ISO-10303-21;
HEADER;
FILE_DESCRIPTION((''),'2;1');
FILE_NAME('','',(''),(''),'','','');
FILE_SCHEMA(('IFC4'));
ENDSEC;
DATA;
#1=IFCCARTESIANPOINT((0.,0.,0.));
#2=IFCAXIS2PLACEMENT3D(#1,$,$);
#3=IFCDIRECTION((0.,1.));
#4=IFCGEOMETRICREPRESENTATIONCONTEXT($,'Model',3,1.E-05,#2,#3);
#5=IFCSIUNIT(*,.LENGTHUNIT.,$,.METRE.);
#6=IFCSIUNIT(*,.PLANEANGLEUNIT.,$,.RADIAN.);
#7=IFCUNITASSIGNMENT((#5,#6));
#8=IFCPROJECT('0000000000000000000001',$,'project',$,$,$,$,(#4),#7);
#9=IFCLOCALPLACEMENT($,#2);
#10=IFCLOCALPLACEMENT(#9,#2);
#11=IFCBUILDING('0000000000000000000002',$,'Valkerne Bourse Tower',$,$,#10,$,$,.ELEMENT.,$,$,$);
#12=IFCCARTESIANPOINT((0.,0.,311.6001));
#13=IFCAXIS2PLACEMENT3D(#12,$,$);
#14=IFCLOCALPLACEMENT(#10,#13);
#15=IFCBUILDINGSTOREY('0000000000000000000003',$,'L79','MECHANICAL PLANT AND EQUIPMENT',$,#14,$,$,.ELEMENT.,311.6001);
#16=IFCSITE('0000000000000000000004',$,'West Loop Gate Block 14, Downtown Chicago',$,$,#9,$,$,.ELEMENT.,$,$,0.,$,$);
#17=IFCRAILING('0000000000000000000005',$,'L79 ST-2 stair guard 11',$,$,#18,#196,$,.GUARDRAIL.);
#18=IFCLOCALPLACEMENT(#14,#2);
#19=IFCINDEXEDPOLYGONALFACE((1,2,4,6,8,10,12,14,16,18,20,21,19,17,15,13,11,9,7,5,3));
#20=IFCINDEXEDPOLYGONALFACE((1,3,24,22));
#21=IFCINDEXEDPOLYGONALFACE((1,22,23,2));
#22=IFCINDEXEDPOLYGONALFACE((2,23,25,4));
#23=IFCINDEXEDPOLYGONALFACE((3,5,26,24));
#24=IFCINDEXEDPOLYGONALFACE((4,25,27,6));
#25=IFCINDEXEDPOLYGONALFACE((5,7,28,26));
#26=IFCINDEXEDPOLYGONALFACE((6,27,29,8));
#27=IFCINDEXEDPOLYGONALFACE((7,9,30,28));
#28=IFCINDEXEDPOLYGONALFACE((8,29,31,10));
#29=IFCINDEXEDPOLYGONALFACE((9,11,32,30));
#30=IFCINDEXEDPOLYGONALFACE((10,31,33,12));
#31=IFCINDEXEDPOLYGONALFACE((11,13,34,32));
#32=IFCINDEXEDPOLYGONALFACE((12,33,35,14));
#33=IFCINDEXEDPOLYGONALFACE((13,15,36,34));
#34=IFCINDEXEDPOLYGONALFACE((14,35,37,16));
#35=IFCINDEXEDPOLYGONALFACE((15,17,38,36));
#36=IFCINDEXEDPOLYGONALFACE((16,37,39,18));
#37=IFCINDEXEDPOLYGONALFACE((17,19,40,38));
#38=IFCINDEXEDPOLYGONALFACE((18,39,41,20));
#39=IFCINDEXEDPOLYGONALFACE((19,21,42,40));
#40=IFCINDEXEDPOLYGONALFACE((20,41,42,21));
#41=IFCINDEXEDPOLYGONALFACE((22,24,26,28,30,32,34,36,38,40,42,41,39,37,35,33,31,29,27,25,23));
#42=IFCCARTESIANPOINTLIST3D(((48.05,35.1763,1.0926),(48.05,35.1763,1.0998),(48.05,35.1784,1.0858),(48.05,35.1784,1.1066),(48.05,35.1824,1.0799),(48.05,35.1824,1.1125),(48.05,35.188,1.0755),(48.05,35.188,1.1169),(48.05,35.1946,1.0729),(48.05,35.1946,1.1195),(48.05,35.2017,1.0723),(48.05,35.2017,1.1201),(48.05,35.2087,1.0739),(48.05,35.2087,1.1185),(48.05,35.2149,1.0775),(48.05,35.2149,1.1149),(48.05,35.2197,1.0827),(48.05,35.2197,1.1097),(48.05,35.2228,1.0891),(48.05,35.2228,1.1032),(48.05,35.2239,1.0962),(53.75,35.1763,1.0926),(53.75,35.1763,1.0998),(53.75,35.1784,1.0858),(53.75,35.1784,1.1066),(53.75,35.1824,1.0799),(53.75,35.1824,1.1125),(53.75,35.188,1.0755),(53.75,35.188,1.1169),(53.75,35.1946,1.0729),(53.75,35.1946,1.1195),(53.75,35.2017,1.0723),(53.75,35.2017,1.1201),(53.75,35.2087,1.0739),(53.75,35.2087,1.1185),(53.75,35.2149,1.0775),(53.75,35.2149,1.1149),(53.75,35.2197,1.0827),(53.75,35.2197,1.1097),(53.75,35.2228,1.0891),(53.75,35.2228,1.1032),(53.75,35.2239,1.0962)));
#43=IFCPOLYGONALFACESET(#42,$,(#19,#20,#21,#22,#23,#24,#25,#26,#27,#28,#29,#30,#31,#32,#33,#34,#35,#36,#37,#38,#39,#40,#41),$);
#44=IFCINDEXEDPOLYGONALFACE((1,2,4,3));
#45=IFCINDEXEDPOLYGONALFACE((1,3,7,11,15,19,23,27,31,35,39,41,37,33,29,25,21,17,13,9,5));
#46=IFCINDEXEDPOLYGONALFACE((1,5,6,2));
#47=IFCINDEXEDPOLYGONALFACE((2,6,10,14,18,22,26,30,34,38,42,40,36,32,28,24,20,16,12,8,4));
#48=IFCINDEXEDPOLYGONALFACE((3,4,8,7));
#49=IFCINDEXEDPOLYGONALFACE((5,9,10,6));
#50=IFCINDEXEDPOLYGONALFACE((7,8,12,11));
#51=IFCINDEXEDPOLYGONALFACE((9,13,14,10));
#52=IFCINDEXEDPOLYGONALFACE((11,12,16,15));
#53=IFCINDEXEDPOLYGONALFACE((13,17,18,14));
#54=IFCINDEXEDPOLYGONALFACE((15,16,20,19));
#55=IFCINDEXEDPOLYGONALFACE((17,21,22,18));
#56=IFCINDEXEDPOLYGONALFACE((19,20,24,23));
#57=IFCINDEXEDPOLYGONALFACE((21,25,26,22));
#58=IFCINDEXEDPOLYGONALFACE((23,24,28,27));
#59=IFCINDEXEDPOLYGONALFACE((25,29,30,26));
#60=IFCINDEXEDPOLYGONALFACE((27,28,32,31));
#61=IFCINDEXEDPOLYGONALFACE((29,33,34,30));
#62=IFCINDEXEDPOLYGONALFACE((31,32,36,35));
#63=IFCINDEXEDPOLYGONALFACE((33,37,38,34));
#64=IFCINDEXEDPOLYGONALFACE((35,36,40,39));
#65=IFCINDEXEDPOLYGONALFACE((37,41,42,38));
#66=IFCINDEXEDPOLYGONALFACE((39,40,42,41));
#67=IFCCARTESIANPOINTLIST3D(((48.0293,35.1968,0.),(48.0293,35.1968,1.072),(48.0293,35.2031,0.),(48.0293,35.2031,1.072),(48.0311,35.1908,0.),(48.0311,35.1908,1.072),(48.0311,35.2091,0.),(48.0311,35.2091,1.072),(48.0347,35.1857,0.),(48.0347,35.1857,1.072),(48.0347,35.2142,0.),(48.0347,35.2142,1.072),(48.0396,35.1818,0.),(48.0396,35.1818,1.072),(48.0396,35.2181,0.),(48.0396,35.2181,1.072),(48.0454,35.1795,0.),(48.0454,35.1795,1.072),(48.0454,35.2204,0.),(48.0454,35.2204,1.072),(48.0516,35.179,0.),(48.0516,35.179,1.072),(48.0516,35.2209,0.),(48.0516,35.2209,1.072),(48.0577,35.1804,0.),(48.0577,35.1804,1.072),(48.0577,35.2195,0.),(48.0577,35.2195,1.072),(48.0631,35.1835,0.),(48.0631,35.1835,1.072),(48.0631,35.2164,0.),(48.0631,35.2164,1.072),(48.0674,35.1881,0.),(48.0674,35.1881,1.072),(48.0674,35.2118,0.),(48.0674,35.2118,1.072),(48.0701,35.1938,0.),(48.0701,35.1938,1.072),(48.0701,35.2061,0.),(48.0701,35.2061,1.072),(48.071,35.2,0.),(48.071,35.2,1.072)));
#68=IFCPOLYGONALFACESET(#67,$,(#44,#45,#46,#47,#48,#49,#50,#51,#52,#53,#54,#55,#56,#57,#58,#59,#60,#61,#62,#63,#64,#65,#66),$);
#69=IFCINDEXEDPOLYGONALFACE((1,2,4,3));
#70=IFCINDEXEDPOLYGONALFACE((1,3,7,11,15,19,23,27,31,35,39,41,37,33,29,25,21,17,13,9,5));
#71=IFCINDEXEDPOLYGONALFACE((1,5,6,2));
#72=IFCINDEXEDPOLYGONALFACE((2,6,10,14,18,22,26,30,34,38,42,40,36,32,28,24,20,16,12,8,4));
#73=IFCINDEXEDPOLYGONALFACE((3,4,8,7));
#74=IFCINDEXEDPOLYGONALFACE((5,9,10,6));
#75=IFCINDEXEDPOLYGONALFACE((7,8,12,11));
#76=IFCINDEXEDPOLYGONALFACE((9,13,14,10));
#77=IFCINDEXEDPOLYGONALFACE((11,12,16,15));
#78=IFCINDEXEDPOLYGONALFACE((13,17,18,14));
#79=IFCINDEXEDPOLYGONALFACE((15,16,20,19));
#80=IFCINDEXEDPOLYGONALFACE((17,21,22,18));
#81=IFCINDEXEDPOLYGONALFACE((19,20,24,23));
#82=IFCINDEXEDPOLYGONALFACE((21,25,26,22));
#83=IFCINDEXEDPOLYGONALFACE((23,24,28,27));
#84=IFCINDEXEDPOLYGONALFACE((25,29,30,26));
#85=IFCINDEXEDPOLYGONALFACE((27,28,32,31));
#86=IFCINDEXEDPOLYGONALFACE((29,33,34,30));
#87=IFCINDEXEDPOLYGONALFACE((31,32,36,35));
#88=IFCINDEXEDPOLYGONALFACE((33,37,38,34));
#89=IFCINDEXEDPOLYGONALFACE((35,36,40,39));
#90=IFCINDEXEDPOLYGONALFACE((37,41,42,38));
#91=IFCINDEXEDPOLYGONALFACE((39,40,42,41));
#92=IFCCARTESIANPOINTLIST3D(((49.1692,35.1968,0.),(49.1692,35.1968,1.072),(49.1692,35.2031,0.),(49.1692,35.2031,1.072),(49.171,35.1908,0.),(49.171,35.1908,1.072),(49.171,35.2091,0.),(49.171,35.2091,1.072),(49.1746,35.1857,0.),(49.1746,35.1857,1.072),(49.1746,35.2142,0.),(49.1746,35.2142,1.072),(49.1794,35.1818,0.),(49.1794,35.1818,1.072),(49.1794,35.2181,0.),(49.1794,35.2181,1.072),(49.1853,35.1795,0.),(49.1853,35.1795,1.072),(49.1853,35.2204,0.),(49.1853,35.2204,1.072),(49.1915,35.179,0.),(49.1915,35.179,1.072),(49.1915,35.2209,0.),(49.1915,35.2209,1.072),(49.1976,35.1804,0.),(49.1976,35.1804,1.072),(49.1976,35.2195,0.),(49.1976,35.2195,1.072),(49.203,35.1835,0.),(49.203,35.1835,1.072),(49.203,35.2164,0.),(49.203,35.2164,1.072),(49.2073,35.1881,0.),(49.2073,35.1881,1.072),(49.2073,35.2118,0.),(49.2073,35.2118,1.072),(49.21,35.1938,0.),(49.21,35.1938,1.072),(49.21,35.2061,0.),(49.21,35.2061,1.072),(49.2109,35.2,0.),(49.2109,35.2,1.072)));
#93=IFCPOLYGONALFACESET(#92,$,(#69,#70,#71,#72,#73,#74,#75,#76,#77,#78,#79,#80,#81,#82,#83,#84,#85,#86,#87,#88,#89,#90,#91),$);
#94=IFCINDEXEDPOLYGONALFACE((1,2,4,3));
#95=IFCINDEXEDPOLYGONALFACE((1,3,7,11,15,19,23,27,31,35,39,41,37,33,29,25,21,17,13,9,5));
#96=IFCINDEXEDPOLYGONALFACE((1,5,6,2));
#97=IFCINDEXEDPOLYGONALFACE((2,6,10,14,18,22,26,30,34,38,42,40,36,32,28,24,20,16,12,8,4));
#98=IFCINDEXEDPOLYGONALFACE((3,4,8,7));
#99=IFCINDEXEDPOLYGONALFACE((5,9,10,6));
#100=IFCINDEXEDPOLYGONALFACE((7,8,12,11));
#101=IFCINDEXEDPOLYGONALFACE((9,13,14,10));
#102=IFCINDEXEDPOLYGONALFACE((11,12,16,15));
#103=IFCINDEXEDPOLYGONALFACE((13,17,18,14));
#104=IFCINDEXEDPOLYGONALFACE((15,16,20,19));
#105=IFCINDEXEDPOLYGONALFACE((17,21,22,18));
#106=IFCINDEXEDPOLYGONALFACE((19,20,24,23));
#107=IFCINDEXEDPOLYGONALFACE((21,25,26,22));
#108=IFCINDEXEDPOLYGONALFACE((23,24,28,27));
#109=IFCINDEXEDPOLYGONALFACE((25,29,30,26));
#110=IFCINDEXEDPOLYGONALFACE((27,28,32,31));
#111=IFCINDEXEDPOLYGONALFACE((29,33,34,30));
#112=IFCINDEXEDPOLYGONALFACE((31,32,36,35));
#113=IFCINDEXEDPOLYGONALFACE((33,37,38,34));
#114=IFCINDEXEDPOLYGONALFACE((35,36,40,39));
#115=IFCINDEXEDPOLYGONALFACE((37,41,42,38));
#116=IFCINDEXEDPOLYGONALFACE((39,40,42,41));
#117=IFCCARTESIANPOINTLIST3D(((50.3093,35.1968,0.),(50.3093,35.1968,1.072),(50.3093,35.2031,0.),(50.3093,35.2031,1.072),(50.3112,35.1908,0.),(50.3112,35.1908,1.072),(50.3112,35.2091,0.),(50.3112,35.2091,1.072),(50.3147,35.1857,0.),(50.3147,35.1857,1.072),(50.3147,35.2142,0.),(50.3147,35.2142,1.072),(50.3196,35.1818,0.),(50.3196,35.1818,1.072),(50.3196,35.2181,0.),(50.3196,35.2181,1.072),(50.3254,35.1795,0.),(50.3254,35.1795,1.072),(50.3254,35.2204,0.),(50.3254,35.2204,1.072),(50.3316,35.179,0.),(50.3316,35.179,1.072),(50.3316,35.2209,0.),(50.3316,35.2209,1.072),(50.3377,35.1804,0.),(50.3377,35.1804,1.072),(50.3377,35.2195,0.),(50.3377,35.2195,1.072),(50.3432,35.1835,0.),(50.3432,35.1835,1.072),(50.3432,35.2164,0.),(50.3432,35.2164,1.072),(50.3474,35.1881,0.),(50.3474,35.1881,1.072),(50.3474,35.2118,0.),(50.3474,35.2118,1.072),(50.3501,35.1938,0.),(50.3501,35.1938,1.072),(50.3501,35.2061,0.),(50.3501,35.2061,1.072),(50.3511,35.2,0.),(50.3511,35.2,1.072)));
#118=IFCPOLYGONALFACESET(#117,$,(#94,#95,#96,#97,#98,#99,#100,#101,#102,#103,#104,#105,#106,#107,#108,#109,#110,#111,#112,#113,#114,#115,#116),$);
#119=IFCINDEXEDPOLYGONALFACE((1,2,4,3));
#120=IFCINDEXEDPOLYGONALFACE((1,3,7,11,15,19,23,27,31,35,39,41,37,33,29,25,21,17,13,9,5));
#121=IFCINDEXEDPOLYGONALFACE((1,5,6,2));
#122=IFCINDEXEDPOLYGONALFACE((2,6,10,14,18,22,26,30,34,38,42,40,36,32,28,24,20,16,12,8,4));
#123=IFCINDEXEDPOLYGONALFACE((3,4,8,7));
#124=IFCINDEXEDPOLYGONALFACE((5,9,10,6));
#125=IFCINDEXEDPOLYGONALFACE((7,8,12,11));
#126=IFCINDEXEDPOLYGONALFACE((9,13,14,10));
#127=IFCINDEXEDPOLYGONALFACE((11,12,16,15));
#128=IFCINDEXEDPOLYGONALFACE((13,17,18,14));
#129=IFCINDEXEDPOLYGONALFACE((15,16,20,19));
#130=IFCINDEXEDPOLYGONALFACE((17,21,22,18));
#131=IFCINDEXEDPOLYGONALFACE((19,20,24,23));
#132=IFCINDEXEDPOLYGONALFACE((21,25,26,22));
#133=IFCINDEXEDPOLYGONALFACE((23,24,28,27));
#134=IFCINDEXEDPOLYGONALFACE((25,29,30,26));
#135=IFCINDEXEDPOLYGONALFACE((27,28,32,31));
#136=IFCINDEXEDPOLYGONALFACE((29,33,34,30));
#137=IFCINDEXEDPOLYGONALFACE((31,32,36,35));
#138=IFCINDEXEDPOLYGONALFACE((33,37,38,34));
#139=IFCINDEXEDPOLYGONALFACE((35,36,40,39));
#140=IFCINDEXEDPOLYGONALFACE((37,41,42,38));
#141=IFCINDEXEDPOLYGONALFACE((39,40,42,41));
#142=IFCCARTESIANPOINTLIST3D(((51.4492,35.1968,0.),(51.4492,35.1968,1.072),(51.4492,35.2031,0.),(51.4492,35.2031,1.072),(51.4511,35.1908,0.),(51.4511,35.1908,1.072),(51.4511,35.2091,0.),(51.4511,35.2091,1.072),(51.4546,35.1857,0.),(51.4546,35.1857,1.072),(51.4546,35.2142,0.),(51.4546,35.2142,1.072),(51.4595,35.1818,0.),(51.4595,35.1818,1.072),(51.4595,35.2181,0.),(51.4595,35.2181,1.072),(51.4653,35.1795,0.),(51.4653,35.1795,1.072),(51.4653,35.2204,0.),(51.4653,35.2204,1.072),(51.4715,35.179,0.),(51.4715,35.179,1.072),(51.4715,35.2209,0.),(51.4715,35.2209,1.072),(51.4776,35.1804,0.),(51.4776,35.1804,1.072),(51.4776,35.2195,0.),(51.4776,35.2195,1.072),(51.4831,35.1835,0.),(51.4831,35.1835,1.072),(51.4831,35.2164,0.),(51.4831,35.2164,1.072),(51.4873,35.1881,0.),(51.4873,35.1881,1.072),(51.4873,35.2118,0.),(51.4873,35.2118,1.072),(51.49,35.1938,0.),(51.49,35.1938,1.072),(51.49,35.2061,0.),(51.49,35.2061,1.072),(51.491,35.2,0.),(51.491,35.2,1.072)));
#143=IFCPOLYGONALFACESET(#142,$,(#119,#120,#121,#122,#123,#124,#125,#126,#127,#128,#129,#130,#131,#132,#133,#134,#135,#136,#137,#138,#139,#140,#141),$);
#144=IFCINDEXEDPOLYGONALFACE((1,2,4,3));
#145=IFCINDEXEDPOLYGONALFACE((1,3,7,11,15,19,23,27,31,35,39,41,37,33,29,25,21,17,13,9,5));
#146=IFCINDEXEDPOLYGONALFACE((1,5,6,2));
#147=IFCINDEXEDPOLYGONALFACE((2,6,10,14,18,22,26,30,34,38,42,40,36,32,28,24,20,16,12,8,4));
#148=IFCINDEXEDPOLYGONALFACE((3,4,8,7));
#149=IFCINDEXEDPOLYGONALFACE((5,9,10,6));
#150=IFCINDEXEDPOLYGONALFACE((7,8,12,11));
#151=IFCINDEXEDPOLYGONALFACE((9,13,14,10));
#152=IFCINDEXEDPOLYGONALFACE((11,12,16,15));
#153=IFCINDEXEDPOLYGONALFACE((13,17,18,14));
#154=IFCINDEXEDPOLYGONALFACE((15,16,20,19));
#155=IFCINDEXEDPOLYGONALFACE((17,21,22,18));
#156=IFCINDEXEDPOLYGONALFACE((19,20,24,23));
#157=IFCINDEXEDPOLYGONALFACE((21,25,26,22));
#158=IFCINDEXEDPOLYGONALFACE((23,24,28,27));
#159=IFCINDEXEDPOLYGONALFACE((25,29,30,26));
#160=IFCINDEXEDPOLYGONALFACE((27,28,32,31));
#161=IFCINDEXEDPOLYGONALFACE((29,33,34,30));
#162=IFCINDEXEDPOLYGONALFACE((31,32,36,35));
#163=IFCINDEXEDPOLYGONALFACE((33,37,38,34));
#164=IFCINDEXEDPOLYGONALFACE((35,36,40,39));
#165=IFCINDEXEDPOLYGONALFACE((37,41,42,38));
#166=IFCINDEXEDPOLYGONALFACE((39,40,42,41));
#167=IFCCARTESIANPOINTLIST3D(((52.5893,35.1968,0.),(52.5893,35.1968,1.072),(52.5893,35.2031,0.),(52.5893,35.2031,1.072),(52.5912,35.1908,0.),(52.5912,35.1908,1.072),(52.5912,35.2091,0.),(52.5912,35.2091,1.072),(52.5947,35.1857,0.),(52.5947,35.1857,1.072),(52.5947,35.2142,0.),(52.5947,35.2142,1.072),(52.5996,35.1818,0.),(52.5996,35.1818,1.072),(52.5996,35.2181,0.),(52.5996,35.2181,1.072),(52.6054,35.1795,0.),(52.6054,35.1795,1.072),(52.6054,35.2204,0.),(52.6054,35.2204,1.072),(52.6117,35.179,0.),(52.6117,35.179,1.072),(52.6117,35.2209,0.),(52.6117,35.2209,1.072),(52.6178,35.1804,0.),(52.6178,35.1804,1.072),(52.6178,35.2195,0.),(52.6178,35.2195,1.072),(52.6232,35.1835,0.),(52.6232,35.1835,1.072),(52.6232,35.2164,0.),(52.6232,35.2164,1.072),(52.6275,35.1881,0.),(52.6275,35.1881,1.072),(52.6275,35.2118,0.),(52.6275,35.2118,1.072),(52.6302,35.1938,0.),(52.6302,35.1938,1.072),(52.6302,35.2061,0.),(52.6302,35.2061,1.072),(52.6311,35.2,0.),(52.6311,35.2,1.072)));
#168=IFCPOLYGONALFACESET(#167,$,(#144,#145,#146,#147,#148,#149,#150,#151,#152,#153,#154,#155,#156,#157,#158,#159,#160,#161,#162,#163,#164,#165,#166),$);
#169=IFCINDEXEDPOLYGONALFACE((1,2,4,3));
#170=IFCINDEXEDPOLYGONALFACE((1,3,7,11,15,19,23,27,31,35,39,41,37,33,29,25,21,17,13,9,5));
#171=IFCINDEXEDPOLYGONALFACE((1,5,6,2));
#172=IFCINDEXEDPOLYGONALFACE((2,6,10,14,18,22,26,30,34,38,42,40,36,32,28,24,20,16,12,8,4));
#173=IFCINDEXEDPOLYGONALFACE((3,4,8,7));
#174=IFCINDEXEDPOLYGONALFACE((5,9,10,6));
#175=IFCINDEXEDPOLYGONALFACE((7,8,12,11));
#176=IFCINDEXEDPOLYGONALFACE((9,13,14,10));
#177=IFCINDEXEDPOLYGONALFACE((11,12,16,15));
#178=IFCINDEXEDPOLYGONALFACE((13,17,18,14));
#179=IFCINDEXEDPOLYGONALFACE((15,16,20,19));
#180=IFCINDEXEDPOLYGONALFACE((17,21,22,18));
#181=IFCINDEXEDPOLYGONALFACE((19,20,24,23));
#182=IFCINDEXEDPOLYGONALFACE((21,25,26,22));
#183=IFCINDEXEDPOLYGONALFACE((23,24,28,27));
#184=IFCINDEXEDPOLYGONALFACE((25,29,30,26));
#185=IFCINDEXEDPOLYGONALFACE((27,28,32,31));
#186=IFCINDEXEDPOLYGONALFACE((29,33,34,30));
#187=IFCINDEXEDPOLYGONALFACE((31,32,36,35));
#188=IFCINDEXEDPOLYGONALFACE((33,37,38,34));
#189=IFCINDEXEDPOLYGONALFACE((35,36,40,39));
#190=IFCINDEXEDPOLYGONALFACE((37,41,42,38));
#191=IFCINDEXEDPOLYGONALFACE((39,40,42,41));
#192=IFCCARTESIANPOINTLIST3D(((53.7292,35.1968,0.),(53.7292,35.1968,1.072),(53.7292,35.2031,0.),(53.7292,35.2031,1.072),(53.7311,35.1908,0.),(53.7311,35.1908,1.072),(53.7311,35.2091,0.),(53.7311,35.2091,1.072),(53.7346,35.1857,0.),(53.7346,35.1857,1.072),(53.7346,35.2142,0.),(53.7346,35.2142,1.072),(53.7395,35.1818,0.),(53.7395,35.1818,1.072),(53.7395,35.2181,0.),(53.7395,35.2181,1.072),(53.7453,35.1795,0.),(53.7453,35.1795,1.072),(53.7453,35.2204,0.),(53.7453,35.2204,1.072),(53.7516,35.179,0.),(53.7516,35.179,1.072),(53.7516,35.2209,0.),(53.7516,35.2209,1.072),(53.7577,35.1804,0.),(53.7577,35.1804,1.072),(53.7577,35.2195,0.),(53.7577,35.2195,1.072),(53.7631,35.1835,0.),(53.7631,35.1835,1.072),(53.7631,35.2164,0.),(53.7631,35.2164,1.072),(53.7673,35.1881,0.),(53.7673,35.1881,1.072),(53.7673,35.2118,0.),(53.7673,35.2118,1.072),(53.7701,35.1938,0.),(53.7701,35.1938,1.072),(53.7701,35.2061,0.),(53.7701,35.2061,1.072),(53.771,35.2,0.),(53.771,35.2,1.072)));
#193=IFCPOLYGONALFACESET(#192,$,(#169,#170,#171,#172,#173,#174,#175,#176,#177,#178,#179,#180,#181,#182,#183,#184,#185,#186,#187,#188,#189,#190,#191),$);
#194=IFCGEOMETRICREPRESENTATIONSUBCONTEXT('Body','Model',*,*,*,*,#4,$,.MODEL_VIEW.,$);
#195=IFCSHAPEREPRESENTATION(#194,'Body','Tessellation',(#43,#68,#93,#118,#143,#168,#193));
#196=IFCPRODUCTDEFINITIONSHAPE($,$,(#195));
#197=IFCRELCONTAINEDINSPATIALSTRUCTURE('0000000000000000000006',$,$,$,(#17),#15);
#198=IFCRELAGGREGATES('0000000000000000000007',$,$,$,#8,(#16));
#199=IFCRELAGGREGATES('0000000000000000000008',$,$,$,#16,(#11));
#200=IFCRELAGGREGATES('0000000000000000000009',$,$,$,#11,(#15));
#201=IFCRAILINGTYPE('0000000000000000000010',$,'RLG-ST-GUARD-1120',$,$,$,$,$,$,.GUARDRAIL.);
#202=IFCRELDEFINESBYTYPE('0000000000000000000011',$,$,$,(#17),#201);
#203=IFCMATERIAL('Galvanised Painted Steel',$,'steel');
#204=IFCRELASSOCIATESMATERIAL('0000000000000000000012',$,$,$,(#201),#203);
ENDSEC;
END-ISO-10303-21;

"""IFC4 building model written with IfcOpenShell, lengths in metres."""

from ifc_helpers import new_model, si_unit, direction, frame, origin, origin_2d, place, context, subcontext, project, spatial, circle, extrude, material, type_object, element, save


model = new_model("IFC4")

# Units and contexts
model_context = context("Model", 3, precision=1e-05, world=origin(), true_north=direction((0.0, 1.0)))
body_context = subcontext(model_context, "Body", "Model", "MODEL_VIEW")
ifc_project = project(units=[si_unit("LENGTHUNIT", "METRE"), si_unit("PLANEANGLEUNIT", "RADIAN")], contexts=[model_context])

# Site, building, storey
site_placement = place(None, origin())
site = spatial("IfcSite", under=ifc_project, at=site_placement, Name="West Loop Gate Block 14, Downtown Chicago", CompositionType="ELEMENT", RefElevation=0.0)
building_placement = place(site_placement, origin())
building = spatial("IfcBuilding", under=site, at=building_placement, Name="Valkerne Bourse Tower", CompositionType="ELEMENT")
storey_placement = place(building_placement, frame((0.0, 0.0, 311.6001)))
storey = spatial("IfcBuildingStorey", under=building, at=storey_placement, Name="L79", Description="MECHANICAL PLANT AND EQUIPMENT", CompositionType="ELEMENT", Elevation=311.6001)

# Railing
ifc_material_1 = material(Name="Galvanised Painted Steel", Category="steel")
railing_type_1 = type_object("IfcRailingType", Name="RLG-ST-GUARD-1120", PredefinedType="GUARDRAIL", material=ifc_material_1)
railing_1_placement = place(storey_placement, frame((48.05, 35.2, 0.0)))
element("IfcRailing", 1, at=railing_1_placement, inside=storey, type_object=railing_type_1, Name="L79 ST-2 stair guard 11", PredefinedType="GUARDRAIL", context=body_context, shape_type="SweptSolid", body=[
    extrude(circle(Radius=0.0239, at=origin_2d()), frame((0.0, 0.0, 1.0962), z_axis=(1.0, 0.0, 0.0), x_axis=(0.0, 1.0, 0.0)), (0.0, 0.0, 1.0), 5.7),
    extrude(circle(Radius=0.021, at=origin_2d()), origin(), (0.0, 0.0, 1.0), 1.072),
    extrude(circle(Radius=0.021, at=origin_2d()), frame((1.1399, 0.0, 0.0)), (0.0, 0.0, 1.0), 1.072),
    extrude(circle(Radius=0.021, at=origin_2d()), frame((2.28, 0.0, 0.0)), (0.0, 0.0, 1.0), 1.072),
    extrude(circle(Radius=0.021, at=origin_2d()), frame((3.4199, 0.0, 0.0)), (0.0, 0.0, 1.0), 1.072),
    extrude(circle(Radius=0.021, at=origin_2d()), frame((4.5601, 0.0, 0.0)), (0.0, 0.0, 1.0), 1.072),
    extrude(circle(Radius=0.021, at=origin_2d()), frame((5.7, 0.0, 0.0)), (0.0, 0.0, 1.0), 1.072),
])

save(model, "model.ifc")
